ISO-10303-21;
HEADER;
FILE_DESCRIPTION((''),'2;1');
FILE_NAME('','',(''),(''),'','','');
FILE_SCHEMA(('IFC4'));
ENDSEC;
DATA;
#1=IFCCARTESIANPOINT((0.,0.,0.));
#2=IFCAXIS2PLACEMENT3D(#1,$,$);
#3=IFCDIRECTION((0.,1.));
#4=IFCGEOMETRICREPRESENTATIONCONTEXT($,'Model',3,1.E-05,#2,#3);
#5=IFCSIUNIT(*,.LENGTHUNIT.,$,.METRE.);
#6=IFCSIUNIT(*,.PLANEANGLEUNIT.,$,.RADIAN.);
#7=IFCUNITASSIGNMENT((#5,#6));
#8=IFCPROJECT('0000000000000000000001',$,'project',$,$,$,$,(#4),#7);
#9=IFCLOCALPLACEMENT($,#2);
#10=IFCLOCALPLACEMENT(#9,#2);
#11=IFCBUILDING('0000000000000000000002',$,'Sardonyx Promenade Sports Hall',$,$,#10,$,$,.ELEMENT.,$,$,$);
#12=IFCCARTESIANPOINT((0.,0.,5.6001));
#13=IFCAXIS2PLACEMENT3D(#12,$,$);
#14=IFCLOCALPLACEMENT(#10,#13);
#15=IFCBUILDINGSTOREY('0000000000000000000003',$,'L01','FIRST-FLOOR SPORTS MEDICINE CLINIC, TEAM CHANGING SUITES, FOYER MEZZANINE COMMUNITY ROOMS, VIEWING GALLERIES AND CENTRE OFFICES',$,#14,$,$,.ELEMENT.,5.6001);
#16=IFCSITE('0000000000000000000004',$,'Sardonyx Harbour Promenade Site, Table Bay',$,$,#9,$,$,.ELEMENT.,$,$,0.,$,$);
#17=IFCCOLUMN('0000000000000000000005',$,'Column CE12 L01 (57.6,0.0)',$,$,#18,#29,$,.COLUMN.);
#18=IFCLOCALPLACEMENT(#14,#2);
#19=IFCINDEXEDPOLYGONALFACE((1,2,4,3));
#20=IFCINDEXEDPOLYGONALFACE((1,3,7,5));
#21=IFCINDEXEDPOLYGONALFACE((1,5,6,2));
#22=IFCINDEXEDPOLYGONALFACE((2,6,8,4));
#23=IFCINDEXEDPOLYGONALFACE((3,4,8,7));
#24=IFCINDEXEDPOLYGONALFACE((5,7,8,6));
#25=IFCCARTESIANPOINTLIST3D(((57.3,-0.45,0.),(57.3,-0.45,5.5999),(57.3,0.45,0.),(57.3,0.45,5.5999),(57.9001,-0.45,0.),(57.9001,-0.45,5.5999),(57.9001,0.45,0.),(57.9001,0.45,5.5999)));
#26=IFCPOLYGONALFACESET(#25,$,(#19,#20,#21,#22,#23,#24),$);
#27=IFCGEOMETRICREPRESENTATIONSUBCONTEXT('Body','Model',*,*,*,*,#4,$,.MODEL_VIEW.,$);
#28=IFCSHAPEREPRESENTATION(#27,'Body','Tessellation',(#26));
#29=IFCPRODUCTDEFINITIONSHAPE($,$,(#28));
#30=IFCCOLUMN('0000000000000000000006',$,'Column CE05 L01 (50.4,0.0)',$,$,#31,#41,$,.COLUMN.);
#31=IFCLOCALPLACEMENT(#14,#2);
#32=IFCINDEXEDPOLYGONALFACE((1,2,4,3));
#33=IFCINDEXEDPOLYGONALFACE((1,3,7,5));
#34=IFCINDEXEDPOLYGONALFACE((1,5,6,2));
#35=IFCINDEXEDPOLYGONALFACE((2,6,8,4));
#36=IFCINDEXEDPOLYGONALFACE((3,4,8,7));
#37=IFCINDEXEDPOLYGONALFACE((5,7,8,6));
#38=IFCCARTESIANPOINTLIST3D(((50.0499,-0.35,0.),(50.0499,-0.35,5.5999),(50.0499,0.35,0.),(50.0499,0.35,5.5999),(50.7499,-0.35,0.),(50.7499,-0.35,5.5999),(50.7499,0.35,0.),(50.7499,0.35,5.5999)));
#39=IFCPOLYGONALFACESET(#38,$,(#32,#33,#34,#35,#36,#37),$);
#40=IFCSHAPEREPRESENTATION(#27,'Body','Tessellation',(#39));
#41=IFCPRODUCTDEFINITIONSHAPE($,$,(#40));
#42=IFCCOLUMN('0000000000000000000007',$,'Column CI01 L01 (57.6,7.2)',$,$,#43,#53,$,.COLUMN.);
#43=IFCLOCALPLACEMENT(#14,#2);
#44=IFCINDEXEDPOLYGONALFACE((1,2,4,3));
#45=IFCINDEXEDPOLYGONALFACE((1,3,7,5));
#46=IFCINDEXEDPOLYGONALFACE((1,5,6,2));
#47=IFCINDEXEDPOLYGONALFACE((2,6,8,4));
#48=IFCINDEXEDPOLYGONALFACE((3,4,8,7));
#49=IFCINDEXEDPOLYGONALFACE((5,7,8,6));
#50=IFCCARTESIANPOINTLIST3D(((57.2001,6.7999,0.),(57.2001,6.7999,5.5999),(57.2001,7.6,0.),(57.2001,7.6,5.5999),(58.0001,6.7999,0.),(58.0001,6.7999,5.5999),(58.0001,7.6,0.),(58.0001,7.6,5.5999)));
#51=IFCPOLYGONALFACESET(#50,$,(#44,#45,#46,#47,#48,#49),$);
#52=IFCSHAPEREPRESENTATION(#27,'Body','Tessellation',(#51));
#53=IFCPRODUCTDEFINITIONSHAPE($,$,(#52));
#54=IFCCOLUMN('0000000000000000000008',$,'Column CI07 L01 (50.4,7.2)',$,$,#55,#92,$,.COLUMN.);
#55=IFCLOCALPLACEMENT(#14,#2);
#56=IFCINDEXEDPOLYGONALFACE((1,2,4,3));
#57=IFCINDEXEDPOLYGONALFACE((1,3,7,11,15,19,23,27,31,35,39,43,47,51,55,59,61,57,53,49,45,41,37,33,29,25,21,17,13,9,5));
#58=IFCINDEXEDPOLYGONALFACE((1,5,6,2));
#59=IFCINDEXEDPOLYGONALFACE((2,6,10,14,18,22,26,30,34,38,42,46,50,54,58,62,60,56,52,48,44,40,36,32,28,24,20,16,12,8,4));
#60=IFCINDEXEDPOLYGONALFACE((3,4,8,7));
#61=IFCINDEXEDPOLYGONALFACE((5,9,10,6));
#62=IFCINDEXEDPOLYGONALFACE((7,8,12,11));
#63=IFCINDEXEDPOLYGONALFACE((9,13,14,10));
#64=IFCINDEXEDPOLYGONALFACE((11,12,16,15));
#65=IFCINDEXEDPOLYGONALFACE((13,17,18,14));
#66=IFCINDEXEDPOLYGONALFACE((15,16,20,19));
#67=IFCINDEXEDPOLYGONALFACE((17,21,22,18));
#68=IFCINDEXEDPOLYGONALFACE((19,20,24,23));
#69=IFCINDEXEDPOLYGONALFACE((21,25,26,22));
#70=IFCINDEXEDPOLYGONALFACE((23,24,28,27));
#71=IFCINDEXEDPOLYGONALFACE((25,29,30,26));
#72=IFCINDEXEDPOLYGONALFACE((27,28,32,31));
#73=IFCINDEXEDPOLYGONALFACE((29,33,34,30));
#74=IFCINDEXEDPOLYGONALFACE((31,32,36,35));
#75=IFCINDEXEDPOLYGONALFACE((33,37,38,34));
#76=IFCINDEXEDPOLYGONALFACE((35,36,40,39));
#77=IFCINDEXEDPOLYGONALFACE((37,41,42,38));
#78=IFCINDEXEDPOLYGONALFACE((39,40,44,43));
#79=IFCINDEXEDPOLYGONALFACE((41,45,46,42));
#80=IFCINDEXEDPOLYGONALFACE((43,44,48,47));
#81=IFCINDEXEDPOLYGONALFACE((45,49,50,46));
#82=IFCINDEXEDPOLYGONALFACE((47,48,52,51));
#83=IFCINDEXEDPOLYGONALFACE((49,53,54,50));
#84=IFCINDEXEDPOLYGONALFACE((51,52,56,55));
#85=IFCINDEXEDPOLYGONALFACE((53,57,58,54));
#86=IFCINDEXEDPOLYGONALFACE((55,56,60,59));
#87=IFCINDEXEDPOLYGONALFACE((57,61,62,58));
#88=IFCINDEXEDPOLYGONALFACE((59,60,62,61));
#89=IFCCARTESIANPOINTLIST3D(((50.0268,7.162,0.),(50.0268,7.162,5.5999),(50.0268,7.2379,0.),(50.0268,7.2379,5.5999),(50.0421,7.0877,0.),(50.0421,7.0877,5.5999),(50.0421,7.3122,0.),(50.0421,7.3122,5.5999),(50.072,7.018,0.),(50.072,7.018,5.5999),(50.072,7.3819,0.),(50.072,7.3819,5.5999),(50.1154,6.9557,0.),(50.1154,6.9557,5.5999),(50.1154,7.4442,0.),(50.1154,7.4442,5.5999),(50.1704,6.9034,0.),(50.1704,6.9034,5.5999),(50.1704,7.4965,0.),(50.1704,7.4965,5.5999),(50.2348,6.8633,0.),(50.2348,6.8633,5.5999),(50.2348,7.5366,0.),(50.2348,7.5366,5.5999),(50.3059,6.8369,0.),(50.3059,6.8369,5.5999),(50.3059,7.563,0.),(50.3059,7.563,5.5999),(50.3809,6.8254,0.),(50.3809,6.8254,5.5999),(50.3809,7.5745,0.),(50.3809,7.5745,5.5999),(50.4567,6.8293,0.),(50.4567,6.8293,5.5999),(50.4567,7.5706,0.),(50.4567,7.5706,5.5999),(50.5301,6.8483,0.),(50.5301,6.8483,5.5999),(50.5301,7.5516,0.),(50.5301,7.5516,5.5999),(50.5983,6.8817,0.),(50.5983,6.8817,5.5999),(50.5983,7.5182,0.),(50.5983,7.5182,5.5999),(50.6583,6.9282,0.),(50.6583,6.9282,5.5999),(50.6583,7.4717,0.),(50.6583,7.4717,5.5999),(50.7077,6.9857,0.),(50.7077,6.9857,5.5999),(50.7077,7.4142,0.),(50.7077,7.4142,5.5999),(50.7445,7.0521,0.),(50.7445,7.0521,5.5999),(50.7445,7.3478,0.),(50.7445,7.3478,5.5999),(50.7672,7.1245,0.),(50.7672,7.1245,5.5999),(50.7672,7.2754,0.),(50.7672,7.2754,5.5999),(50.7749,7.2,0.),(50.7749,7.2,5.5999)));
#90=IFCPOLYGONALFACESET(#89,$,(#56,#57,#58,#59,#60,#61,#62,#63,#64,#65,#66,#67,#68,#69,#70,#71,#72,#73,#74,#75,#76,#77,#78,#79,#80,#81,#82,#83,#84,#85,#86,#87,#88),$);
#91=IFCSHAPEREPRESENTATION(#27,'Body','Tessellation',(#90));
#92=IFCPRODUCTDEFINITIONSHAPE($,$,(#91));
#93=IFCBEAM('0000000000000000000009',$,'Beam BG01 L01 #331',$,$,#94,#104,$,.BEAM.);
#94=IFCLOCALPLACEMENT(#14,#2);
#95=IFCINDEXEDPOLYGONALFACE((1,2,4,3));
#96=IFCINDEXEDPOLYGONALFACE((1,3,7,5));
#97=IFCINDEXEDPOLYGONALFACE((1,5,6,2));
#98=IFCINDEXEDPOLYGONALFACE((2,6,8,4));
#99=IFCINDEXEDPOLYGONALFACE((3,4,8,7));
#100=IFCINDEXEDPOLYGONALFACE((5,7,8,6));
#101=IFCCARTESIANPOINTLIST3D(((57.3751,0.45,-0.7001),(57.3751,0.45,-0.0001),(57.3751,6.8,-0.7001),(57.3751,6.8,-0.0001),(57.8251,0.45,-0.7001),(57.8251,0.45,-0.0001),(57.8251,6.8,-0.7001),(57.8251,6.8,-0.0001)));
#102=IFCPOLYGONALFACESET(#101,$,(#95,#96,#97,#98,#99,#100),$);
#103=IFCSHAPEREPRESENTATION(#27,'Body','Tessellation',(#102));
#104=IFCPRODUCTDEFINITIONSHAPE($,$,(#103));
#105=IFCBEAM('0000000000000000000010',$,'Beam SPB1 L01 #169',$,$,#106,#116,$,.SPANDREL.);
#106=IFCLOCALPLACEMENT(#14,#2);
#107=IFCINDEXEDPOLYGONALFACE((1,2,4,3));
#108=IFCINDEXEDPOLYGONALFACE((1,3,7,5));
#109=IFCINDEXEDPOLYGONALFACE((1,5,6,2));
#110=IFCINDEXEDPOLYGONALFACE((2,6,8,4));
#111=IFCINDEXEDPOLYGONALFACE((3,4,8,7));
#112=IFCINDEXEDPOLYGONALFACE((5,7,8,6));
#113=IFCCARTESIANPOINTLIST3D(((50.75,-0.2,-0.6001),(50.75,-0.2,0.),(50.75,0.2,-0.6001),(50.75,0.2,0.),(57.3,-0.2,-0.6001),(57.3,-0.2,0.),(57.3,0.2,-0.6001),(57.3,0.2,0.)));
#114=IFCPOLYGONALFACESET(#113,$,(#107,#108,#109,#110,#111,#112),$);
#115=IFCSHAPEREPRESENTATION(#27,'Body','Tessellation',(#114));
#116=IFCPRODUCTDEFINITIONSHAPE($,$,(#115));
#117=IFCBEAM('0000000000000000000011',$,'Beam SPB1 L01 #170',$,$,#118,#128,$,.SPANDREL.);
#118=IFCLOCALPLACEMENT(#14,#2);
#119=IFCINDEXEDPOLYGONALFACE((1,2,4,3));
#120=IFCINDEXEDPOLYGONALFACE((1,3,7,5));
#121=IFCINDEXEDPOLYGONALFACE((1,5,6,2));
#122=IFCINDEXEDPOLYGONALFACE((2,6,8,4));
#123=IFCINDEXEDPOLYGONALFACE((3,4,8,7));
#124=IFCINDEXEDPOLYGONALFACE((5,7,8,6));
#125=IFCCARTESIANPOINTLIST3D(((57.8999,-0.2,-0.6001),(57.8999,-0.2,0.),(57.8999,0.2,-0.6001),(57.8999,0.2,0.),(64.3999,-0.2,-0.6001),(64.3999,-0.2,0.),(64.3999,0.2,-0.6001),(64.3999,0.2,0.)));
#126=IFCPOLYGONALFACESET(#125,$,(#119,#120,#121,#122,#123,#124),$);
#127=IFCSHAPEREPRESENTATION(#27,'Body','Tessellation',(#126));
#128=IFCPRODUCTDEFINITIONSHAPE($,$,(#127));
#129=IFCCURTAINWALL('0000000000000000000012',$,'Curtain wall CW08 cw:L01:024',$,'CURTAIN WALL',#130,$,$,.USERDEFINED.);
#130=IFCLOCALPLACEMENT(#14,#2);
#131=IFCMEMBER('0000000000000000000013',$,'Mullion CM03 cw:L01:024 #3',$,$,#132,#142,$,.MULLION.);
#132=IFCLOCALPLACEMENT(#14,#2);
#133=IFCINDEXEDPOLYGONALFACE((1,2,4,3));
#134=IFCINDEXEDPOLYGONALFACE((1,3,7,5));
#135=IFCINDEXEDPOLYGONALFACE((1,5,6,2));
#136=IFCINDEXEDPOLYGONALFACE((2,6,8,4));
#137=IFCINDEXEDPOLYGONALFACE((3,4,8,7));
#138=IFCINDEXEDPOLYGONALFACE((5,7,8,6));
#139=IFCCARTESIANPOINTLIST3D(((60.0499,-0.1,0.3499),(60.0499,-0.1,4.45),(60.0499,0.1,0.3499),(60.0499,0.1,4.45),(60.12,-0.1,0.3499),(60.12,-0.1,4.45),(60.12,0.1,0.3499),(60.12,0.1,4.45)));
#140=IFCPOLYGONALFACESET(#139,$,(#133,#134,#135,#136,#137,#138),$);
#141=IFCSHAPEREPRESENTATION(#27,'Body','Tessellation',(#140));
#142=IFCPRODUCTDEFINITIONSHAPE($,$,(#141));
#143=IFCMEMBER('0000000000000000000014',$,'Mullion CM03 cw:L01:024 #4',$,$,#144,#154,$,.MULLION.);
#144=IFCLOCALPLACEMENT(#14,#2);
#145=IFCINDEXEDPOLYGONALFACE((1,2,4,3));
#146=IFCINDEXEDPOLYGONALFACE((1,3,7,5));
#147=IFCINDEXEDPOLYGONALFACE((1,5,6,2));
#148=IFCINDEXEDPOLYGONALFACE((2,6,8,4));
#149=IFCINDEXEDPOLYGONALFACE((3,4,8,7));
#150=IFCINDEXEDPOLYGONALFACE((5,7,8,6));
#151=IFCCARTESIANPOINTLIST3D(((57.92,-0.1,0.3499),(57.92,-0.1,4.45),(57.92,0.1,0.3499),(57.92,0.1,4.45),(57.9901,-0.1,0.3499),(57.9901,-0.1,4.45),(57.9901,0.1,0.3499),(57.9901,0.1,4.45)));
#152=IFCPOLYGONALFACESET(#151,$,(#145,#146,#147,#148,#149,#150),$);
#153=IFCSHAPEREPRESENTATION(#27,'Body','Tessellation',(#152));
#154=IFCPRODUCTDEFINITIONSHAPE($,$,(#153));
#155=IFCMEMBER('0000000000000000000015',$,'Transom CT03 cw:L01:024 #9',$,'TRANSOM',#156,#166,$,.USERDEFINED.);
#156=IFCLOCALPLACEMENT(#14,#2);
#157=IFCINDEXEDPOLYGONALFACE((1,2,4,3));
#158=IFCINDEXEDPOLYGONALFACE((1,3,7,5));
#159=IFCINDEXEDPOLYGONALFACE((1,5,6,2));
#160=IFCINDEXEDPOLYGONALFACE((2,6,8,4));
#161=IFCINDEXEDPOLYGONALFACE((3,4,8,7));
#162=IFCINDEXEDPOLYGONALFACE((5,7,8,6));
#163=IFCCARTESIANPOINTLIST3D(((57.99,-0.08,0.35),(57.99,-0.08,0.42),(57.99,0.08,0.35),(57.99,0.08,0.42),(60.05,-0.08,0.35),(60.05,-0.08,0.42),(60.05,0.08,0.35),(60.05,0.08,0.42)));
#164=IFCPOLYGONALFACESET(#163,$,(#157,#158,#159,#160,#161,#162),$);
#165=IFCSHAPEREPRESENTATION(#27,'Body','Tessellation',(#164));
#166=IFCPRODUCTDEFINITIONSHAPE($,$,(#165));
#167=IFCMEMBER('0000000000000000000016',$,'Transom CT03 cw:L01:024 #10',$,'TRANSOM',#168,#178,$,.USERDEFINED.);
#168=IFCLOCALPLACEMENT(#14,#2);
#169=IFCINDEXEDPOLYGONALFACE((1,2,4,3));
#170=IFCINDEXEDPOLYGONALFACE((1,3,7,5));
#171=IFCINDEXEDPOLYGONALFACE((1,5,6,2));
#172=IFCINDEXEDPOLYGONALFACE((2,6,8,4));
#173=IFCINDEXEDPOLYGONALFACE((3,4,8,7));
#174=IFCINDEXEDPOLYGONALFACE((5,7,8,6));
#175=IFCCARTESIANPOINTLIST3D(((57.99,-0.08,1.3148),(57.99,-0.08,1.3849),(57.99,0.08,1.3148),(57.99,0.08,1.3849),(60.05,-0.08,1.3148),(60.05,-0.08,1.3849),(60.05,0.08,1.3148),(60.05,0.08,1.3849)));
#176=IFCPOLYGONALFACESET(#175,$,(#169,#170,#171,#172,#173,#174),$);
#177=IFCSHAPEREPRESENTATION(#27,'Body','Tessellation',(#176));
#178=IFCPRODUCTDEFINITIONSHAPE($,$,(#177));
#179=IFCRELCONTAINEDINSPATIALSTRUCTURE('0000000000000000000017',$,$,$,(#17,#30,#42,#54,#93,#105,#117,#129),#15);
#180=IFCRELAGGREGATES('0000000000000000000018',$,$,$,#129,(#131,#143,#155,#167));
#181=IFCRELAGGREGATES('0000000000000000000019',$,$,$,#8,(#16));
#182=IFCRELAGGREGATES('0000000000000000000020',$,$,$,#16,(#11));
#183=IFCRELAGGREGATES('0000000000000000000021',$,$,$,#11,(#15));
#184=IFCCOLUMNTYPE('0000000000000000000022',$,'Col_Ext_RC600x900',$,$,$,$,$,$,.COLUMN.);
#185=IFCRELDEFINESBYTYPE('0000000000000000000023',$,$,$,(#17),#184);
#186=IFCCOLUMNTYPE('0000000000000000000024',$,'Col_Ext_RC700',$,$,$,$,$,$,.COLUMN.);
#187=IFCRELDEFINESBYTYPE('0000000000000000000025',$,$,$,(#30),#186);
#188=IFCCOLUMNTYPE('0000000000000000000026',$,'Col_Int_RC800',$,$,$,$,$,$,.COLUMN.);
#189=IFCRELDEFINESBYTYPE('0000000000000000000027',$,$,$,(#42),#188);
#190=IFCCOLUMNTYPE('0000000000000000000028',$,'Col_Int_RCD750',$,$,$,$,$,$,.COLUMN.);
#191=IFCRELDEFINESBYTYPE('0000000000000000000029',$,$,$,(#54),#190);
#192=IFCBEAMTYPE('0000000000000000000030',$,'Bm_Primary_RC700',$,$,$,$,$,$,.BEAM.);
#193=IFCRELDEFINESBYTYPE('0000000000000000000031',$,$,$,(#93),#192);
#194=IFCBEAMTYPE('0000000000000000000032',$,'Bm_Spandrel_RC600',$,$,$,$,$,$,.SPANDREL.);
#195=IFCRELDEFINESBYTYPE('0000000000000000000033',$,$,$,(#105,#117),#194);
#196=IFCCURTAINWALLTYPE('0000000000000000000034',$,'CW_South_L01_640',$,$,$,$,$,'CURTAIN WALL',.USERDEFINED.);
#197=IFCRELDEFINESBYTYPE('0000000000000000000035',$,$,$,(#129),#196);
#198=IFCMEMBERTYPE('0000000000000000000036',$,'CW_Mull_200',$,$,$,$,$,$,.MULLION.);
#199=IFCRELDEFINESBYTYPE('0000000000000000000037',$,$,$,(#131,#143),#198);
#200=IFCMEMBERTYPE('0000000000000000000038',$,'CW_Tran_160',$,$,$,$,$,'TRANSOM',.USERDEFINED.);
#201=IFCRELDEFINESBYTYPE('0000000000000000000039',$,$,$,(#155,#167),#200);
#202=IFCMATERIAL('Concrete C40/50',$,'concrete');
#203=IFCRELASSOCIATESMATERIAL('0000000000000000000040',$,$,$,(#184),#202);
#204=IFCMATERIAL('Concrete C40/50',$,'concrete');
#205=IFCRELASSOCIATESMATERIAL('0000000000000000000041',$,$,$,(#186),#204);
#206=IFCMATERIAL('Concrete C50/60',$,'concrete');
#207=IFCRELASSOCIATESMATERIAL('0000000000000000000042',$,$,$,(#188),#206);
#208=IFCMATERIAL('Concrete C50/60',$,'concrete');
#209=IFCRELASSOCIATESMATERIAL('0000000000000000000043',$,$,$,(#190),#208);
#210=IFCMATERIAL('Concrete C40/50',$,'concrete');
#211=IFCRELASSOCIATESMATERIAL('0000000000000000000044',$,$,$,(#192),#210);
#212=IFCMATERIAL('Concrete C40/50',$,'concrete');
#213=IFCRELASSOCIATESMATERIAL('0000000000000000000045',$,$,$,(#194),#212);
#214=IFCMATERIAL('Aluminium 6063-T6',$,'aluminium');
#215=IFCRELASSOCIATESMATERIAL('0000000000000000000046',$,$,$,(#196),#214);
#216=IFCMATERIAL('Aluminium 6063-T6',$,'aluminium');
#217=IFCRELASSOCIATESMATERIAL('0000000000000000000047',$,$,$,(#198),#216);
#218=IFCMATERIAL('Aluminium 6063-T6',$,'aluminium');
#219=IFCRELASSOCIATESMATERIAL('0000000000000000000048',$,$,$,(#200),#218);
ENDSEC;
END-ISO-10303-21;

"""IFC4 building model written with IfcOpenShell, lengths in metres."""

from ifc_helpers import new_model, si_unit, direction, frame, origin, origin_2d, place, context, subcontext, project, spatial, rectangle, circle, extrude, material, material_profile, profile_set, type_object, element, aggregate, save


model = new_model("IFC4")

# Units and contexts
model_context = context("Model", 3, precision=1e-05, world=origin(), true_north=direction((0.0, 1.0)))
body_context = subcontext(model_context, "Body", "Model", "MODEL_VIEW")
ifc_project = project(units=[si_unit("LENGTHUNIT", "METRE"), si_unit("PLANEANGLEUNIT", "RADIAN")], contexts=[model_context])

# Site, building, storey
site_placement = place(None, origin())
site = spatial("IfcSite", under=ifc_project, at=site_placement, Name="Sardonyx Harbour Promenade Site, Table Bay", CompositionType="ELEMENT", RefElevation=0.0)
building_placement = place(site_placement, origin())
building = spatial("IfcBuilding", under=site, at=building_placement, Name="Sardonyx Promenade Sports Hall", CompositionType="ELEMENT")
storey_placement = place(building_placement, frame((0.0, 0.0, 5.6001)))
storey = spatial("IfcBuildingStorey", under=building, at=storey_placement, Name="L01", Description="FIRST-FLOOR SPORTS MEDICINE CLINIC, TEAM CHANGING SUITES, FOYER MEZZANINE COMMUNITY ROOMS, VIEWING GALLERIES AND CENTRE OFFICES", CompositionType="ELEMENT", Elevation=5.6001)

# Columns
ifc_material_1 = material(Name="Concrete C40/50", Category="concrete")
ifc_material_profile_1 = material_profile(ifc_material_1, rectangle(XDim=0.6001, YDim=0.8999, at=origin_2d()))
ifc_profile_set_1 = profile_set([ifc_material_profile_1], Name="Concrete C40/50")
column_type_1 = type_object("IfcColumnType", Name="Col_Ext_RC600x900", PredefinedType="COLUMN", material=ifc_profile_set_1)
column_1_placement = place(storey_placement, frame((57.6001, 0.0, 0.0), z_axis=(0.0, 0.0, 1.0), x_axis=(1.0, 0.0, 0.0)))
element("IfcColumn", 1, at=column_1_placement, inside=storey, type_object=column_type_1, Name="Column CE12 L01 (57.6,0.0)", PredefinedType="COLUMN", context=body_context, shape_type="SweptSolid", body=[
    extrude(rectangle(XDim=0.6001, YDim=0.8999, at=origin_2d()), origin(), (0.0, 0.0, 1.0), 5.5999),
])
ifc_material_2 = material(Name="Concrete C40/50", Category="concrete")
ifc_material_profile_2 = material_profile(ifc_material_2, rectangle(XDim=0.7, YDim=0.7, at=origin_2d()))
ifc_profile_set_2 = profile_set([ifc_material_profile_2], Name="Concrete C40/50")
column_type_2 = type_object("IfcColumnType", Name="Col_Ext_RC700", PredefinedType="COLUMN", material=ifc_profile_set_2)
column_2_placement = place(storey_placement, frame((50.3999, 0.0, 0.0), z_axis=(0.0, 0.0, 1.0), x_axis=(1.0, 0.0, 0.0)))
element("IfcColumn", 2, at=column_2_placement, inside=storey, type_object=column_type_2, Name="Column CE05 L01 (50.4,0.0)", PredefinedType="COLUMN", context=body_context, shape_type="SweptSolid", body=[
    extrude(rectangle(XDim=0.7, YDim=0.7, at=origin_2d()), origin(), (0.0, 0.0, 1.0), 5.5999),
])
ifc_material_3 = material(Name="Concrete C50/60", Category="concrete")
ifc_material_profile_3 = material_profile(ifc_material_3, rectangle(XDim=0.8, YDim=0.8, at=origin_2d()))
ifc_profile_set_3 = profile_set([ifc_material_profile_3], Name="Concrete C50/60")
column_type_3 = type_object("IfcColumnType", Name="Col_Int_RC800", PredefinedType="COLUMN", material=ifc_profile_set_3)
column_3_placement = place(storey_placement, frame((57.6001, 7.2, 0.0), z_axis=(0.0, 0.0, 1.0), x_axis=(1.0, 0.0, 0.0)))
element("IfcColumn", 3, at=column_3_placement, inside=storey, type_object=column_type_3, Name="Column CI01 L01 (57.6,7.2)", PredefinedType="COLUMN", context=body_context, shape_type="SweptSolid", body=[
    extrude(rectangle(XDim=0.8, YDim=0.8, at=origin_2d()), origin(), (0.0, 0.0, 1.0), 5.5999),
])
ifc_material_4 = material(Name="Concrete C50/60", Category="concrete")
ifc_material_profile_4 = material_profile(ifc_material_4, circle(Radius=0.375, at=origin_2d()))
ifc_profile_set_4 = profile_set([ifc_material_profile_4], Name="Concrete C50/60")
column_type_4 = type_object("IfcColumnType", Name="Col_Int_RCD750", PredefinedType="COLUMN", material=ifc_profile_set_4)
column_4_placement = place(storey_placement, frame((50.3999, 7.2, 0.0), z_axis=(0.0, 0.0, 1.0), x_axis=(1.0, 0.0, 0.0)))
element("IfcColumn", 4, at=column_4_placement, inside=storey, type_object=column_type_4, Name="Column CI07 L01 (50.4,7.2)", PredefinedType="COLUMN", context=body_context, shape_type="SweptSolid", body=[
    extrude(circle(Radius=0.375, at=origin_2d()), origin(), (0.0, 0.0, 1.0), 5.5999),
])

# Beams
ifc_material_5 = material(Name="Concrete C40/50", Category="concrete")
ifc_material_profile_5 = material_profile(ifc_material_5, rectangle(XDim=0.45, YDim=0.7, at=origin_2d()))
ifc_profile_set_5 = profile_set([ifc_material_profile_5], Name="Concrete C40/50")
beam_type_1 = type_object("IfcBeamType", Name="Bm_Primary_RC700", PredefinedType="BEAM", material=ifc_profile_set_5)
beam_1_placement = place(storey_placement, frame((57.6001, 0.45, -0.3501), z_axis=(0.0, 1.0, 0.0), x_axis=(-1.0, 0.0, 0.0)))
element("IfcBeam", 5, at=beam_1_placement, inside=storey, type_object=beam_type_1, Name="Beam BG01 L01 #331", PredefinedType="BEAM", context=body_context, shape_type="SweptSolid", body=[
    extrude(rectangle(XDim=0.45, YDim=0.7, at=origin_2d()), origin(), (0.0, 0.0, 1.0), 6.3501),
])
ifc_material_6 = material(Name="Concrete C40/50", Category="concrete")
ifc_material_profile_6 = material_profile(ifc_material_6, rectangle(XDim=0.3999, YDim=0.6001, at=origin_2d()))
ifc_profile_set_6 = profile_set([ifc_material_profile_6], Name="Concrete C40/50")
beam_type_2 = type_object("IfcBeamType", Name="Bm_Spandrel_RC600", PredefinedType="SPANDREL", material=ifc_profile_set_6)
beam_2_placement = place(storey_placement, frame((50.75, 0.0, -0.3), z_axis=(1.0, 0.0, 0.0), x_axis=(0.0, 1.0, 0.0)))
element("IfcBeam", 6, at=beam_2_placement, inside=storey, type_object=beam_type_2, Name="Beam SPB1 L01 #169", PredefinedType="SPANDREL", context=body_context, shape_type="SweptSolid", body=[
    extrude(rectangle(XDim=0.3999, YDim=0.6001, at=origin_2d()), origin(), (0.0, 0.0, 1.0), 6.55),
])
beam_3_placement = place(storey_placement, frame((57.8999, 0.0, -0.3), z_axis=(1.0, 0.0, 0.0), x_axis=(0.0, 1.0, 0.0)))
element("IfcBeam", 7, at=beam_3_placement, inside=storey, type_object=beam_type_2, Name="Beam SPB1 L01 #170", PredefinedType="SPANDREL", context=body_context, shape_type="SweptSolid", body=[
    extrude(rectangle(XDim=0.3999, YDim=0.6001, at=origin_2d()), origin(), (0.0, 0.0, 1.0), 6.5),
])

# Curtain wall, members
ifc_material_7 = material(Name="Aluminium 6063-T6", Category="aluminium")
curtain_wall_type = type_object("IfcCurtainWallType", Name="CW_South_L01_640", ElementType="CURTAIN WALL", PredefinedType="USERDEFINED", material=ifc_material_7)
curtain_wall_placement = place(storey_placement, origin())
curtain_wall = element("IfcCurtainWall", 8, at=curtain_wall_placement, inside=storey, type_object=curtain_wall_type, Name="Curtain wall CW08 cw:L01:024", ObjectType="CURTAIN WALL", PredefinedType="USERDEFINED")
ifc_material_8 = material(Name="Aluminium 6063-T6", Category="aluminium")
ifc_material_profile_7 = material_profile(ifc_material_8, rectangle(XDim=0.0701, YDim=0.2, at=origin_2d()))
ifc_profile_set_7 = profile_set([ifc_material_profile_7], Name="Aluminium 6063-T6")
member_type_1 = type_object("IfcMemberType", Name="CW_Mull_200", PredefinedType="MULLION", material=ifc_profile_set_7)
member_1_placement = place(storey_placement, frame((60.085, 0.0, 0.3499), z_axis=(0.0, 0.0, 1.0), x_axis=(-1.0, 0.0, 0.0)))
member_1 = element("IfcMember", 9, at=member_1_placement, type_object=member_type_1, Name="Mullion CM03 cw:L01:024 #3", PredefinedType="MULLION", context=body_context, shape_type="SweptSolid", body=[
    extrude(rectangle(XDim=0.0701, YDim=0.2, at=origin_2d()), origin(), (0.0, 0.0, 1.0), 4.1001),
])
member_2_placement = place(storey_placement, frame((57.9551, 0.0, 0.3499), z_axis=(0.0, 0.0, 1.0), x_axis=(-1.0, 0.0, 0.0)))
member_2 = element("IfcMember", 10, at=member_2_placement, type_object=member_type_1, Name="Mullion CM03 cw:L01:024 #4", PredefinedType="MULLION", context=body_context, shape_type="SweptSolid", body=[
    extrude(rectangle(XDim=0.0701, YDim=0.2, at=origin_2d()), origin(), (0.0, 0.0, 1.0), 4.1001),
])
ifc_material_9 = material(Name="Aluminium 6063-T6", Category="aluminium")
ifc_material_profile_8 = material_profile(ifc_material_9, rectangle(XDim=0.0701, YDim=0.1599, at=origin_2d()))
ifc_profile_set_8 = profile_set([ifc_material_profile_8], Name="Aluminium 6063-T6")
member_type_2 = type_object("IfcMemberType", Name="CW_Tran_160", ElementType="TRANSOM", PredefinedType="USERDEFINED", material=ifc_profile_set_8)
member_3_placement = place(storey_placement, frame((60.05, 0.0, 0.385), z_axis=(-1.0, 0.0, 0.0), x_axis=(0.0, 0.0, 1.0)))
member_3 = element("IfcMember", 11, at=member_3_placement, type_object=member_type_2, Name="Transom CT03 cw:L01:024 #9", ObjectType="TRANSOM", PredefinedType="USERDEFINED", context=body_context, shape_type="SweptSolid", body=[
    extrude(rectangle(XDim=0.0701, YDim=0.1599, at=origin_2d()), origin(), (0.0, 0.0, 1.0), 2.0601),
])
member_4_placement = place(storey_placement, frame((60.05, 0.0, 1.3499), z_axis=(-1.0, 0.0, 0.0), x_axis=(0.0, 0.0, 1.0)))
member_4 = element("IfcMember", 12, at=member_4_placement, type_object=member_type_2, Name="Transom CT03 cw:L01:024 #10", ObjectType="TRANSOM", PredefinedType="USERDEFINED", context=body_context, shape_type="SweptSolid", body=[
    extrude(rectangle(XDim=0.0701, YDim=0.1599, at=origin_2d()), origin(), (0.0, 0.0, 1.0), 2.0601),
])
aggregate(curtain_wall, [member_1, member_2, member_3, member_4])

save(model, "model.ifc")
